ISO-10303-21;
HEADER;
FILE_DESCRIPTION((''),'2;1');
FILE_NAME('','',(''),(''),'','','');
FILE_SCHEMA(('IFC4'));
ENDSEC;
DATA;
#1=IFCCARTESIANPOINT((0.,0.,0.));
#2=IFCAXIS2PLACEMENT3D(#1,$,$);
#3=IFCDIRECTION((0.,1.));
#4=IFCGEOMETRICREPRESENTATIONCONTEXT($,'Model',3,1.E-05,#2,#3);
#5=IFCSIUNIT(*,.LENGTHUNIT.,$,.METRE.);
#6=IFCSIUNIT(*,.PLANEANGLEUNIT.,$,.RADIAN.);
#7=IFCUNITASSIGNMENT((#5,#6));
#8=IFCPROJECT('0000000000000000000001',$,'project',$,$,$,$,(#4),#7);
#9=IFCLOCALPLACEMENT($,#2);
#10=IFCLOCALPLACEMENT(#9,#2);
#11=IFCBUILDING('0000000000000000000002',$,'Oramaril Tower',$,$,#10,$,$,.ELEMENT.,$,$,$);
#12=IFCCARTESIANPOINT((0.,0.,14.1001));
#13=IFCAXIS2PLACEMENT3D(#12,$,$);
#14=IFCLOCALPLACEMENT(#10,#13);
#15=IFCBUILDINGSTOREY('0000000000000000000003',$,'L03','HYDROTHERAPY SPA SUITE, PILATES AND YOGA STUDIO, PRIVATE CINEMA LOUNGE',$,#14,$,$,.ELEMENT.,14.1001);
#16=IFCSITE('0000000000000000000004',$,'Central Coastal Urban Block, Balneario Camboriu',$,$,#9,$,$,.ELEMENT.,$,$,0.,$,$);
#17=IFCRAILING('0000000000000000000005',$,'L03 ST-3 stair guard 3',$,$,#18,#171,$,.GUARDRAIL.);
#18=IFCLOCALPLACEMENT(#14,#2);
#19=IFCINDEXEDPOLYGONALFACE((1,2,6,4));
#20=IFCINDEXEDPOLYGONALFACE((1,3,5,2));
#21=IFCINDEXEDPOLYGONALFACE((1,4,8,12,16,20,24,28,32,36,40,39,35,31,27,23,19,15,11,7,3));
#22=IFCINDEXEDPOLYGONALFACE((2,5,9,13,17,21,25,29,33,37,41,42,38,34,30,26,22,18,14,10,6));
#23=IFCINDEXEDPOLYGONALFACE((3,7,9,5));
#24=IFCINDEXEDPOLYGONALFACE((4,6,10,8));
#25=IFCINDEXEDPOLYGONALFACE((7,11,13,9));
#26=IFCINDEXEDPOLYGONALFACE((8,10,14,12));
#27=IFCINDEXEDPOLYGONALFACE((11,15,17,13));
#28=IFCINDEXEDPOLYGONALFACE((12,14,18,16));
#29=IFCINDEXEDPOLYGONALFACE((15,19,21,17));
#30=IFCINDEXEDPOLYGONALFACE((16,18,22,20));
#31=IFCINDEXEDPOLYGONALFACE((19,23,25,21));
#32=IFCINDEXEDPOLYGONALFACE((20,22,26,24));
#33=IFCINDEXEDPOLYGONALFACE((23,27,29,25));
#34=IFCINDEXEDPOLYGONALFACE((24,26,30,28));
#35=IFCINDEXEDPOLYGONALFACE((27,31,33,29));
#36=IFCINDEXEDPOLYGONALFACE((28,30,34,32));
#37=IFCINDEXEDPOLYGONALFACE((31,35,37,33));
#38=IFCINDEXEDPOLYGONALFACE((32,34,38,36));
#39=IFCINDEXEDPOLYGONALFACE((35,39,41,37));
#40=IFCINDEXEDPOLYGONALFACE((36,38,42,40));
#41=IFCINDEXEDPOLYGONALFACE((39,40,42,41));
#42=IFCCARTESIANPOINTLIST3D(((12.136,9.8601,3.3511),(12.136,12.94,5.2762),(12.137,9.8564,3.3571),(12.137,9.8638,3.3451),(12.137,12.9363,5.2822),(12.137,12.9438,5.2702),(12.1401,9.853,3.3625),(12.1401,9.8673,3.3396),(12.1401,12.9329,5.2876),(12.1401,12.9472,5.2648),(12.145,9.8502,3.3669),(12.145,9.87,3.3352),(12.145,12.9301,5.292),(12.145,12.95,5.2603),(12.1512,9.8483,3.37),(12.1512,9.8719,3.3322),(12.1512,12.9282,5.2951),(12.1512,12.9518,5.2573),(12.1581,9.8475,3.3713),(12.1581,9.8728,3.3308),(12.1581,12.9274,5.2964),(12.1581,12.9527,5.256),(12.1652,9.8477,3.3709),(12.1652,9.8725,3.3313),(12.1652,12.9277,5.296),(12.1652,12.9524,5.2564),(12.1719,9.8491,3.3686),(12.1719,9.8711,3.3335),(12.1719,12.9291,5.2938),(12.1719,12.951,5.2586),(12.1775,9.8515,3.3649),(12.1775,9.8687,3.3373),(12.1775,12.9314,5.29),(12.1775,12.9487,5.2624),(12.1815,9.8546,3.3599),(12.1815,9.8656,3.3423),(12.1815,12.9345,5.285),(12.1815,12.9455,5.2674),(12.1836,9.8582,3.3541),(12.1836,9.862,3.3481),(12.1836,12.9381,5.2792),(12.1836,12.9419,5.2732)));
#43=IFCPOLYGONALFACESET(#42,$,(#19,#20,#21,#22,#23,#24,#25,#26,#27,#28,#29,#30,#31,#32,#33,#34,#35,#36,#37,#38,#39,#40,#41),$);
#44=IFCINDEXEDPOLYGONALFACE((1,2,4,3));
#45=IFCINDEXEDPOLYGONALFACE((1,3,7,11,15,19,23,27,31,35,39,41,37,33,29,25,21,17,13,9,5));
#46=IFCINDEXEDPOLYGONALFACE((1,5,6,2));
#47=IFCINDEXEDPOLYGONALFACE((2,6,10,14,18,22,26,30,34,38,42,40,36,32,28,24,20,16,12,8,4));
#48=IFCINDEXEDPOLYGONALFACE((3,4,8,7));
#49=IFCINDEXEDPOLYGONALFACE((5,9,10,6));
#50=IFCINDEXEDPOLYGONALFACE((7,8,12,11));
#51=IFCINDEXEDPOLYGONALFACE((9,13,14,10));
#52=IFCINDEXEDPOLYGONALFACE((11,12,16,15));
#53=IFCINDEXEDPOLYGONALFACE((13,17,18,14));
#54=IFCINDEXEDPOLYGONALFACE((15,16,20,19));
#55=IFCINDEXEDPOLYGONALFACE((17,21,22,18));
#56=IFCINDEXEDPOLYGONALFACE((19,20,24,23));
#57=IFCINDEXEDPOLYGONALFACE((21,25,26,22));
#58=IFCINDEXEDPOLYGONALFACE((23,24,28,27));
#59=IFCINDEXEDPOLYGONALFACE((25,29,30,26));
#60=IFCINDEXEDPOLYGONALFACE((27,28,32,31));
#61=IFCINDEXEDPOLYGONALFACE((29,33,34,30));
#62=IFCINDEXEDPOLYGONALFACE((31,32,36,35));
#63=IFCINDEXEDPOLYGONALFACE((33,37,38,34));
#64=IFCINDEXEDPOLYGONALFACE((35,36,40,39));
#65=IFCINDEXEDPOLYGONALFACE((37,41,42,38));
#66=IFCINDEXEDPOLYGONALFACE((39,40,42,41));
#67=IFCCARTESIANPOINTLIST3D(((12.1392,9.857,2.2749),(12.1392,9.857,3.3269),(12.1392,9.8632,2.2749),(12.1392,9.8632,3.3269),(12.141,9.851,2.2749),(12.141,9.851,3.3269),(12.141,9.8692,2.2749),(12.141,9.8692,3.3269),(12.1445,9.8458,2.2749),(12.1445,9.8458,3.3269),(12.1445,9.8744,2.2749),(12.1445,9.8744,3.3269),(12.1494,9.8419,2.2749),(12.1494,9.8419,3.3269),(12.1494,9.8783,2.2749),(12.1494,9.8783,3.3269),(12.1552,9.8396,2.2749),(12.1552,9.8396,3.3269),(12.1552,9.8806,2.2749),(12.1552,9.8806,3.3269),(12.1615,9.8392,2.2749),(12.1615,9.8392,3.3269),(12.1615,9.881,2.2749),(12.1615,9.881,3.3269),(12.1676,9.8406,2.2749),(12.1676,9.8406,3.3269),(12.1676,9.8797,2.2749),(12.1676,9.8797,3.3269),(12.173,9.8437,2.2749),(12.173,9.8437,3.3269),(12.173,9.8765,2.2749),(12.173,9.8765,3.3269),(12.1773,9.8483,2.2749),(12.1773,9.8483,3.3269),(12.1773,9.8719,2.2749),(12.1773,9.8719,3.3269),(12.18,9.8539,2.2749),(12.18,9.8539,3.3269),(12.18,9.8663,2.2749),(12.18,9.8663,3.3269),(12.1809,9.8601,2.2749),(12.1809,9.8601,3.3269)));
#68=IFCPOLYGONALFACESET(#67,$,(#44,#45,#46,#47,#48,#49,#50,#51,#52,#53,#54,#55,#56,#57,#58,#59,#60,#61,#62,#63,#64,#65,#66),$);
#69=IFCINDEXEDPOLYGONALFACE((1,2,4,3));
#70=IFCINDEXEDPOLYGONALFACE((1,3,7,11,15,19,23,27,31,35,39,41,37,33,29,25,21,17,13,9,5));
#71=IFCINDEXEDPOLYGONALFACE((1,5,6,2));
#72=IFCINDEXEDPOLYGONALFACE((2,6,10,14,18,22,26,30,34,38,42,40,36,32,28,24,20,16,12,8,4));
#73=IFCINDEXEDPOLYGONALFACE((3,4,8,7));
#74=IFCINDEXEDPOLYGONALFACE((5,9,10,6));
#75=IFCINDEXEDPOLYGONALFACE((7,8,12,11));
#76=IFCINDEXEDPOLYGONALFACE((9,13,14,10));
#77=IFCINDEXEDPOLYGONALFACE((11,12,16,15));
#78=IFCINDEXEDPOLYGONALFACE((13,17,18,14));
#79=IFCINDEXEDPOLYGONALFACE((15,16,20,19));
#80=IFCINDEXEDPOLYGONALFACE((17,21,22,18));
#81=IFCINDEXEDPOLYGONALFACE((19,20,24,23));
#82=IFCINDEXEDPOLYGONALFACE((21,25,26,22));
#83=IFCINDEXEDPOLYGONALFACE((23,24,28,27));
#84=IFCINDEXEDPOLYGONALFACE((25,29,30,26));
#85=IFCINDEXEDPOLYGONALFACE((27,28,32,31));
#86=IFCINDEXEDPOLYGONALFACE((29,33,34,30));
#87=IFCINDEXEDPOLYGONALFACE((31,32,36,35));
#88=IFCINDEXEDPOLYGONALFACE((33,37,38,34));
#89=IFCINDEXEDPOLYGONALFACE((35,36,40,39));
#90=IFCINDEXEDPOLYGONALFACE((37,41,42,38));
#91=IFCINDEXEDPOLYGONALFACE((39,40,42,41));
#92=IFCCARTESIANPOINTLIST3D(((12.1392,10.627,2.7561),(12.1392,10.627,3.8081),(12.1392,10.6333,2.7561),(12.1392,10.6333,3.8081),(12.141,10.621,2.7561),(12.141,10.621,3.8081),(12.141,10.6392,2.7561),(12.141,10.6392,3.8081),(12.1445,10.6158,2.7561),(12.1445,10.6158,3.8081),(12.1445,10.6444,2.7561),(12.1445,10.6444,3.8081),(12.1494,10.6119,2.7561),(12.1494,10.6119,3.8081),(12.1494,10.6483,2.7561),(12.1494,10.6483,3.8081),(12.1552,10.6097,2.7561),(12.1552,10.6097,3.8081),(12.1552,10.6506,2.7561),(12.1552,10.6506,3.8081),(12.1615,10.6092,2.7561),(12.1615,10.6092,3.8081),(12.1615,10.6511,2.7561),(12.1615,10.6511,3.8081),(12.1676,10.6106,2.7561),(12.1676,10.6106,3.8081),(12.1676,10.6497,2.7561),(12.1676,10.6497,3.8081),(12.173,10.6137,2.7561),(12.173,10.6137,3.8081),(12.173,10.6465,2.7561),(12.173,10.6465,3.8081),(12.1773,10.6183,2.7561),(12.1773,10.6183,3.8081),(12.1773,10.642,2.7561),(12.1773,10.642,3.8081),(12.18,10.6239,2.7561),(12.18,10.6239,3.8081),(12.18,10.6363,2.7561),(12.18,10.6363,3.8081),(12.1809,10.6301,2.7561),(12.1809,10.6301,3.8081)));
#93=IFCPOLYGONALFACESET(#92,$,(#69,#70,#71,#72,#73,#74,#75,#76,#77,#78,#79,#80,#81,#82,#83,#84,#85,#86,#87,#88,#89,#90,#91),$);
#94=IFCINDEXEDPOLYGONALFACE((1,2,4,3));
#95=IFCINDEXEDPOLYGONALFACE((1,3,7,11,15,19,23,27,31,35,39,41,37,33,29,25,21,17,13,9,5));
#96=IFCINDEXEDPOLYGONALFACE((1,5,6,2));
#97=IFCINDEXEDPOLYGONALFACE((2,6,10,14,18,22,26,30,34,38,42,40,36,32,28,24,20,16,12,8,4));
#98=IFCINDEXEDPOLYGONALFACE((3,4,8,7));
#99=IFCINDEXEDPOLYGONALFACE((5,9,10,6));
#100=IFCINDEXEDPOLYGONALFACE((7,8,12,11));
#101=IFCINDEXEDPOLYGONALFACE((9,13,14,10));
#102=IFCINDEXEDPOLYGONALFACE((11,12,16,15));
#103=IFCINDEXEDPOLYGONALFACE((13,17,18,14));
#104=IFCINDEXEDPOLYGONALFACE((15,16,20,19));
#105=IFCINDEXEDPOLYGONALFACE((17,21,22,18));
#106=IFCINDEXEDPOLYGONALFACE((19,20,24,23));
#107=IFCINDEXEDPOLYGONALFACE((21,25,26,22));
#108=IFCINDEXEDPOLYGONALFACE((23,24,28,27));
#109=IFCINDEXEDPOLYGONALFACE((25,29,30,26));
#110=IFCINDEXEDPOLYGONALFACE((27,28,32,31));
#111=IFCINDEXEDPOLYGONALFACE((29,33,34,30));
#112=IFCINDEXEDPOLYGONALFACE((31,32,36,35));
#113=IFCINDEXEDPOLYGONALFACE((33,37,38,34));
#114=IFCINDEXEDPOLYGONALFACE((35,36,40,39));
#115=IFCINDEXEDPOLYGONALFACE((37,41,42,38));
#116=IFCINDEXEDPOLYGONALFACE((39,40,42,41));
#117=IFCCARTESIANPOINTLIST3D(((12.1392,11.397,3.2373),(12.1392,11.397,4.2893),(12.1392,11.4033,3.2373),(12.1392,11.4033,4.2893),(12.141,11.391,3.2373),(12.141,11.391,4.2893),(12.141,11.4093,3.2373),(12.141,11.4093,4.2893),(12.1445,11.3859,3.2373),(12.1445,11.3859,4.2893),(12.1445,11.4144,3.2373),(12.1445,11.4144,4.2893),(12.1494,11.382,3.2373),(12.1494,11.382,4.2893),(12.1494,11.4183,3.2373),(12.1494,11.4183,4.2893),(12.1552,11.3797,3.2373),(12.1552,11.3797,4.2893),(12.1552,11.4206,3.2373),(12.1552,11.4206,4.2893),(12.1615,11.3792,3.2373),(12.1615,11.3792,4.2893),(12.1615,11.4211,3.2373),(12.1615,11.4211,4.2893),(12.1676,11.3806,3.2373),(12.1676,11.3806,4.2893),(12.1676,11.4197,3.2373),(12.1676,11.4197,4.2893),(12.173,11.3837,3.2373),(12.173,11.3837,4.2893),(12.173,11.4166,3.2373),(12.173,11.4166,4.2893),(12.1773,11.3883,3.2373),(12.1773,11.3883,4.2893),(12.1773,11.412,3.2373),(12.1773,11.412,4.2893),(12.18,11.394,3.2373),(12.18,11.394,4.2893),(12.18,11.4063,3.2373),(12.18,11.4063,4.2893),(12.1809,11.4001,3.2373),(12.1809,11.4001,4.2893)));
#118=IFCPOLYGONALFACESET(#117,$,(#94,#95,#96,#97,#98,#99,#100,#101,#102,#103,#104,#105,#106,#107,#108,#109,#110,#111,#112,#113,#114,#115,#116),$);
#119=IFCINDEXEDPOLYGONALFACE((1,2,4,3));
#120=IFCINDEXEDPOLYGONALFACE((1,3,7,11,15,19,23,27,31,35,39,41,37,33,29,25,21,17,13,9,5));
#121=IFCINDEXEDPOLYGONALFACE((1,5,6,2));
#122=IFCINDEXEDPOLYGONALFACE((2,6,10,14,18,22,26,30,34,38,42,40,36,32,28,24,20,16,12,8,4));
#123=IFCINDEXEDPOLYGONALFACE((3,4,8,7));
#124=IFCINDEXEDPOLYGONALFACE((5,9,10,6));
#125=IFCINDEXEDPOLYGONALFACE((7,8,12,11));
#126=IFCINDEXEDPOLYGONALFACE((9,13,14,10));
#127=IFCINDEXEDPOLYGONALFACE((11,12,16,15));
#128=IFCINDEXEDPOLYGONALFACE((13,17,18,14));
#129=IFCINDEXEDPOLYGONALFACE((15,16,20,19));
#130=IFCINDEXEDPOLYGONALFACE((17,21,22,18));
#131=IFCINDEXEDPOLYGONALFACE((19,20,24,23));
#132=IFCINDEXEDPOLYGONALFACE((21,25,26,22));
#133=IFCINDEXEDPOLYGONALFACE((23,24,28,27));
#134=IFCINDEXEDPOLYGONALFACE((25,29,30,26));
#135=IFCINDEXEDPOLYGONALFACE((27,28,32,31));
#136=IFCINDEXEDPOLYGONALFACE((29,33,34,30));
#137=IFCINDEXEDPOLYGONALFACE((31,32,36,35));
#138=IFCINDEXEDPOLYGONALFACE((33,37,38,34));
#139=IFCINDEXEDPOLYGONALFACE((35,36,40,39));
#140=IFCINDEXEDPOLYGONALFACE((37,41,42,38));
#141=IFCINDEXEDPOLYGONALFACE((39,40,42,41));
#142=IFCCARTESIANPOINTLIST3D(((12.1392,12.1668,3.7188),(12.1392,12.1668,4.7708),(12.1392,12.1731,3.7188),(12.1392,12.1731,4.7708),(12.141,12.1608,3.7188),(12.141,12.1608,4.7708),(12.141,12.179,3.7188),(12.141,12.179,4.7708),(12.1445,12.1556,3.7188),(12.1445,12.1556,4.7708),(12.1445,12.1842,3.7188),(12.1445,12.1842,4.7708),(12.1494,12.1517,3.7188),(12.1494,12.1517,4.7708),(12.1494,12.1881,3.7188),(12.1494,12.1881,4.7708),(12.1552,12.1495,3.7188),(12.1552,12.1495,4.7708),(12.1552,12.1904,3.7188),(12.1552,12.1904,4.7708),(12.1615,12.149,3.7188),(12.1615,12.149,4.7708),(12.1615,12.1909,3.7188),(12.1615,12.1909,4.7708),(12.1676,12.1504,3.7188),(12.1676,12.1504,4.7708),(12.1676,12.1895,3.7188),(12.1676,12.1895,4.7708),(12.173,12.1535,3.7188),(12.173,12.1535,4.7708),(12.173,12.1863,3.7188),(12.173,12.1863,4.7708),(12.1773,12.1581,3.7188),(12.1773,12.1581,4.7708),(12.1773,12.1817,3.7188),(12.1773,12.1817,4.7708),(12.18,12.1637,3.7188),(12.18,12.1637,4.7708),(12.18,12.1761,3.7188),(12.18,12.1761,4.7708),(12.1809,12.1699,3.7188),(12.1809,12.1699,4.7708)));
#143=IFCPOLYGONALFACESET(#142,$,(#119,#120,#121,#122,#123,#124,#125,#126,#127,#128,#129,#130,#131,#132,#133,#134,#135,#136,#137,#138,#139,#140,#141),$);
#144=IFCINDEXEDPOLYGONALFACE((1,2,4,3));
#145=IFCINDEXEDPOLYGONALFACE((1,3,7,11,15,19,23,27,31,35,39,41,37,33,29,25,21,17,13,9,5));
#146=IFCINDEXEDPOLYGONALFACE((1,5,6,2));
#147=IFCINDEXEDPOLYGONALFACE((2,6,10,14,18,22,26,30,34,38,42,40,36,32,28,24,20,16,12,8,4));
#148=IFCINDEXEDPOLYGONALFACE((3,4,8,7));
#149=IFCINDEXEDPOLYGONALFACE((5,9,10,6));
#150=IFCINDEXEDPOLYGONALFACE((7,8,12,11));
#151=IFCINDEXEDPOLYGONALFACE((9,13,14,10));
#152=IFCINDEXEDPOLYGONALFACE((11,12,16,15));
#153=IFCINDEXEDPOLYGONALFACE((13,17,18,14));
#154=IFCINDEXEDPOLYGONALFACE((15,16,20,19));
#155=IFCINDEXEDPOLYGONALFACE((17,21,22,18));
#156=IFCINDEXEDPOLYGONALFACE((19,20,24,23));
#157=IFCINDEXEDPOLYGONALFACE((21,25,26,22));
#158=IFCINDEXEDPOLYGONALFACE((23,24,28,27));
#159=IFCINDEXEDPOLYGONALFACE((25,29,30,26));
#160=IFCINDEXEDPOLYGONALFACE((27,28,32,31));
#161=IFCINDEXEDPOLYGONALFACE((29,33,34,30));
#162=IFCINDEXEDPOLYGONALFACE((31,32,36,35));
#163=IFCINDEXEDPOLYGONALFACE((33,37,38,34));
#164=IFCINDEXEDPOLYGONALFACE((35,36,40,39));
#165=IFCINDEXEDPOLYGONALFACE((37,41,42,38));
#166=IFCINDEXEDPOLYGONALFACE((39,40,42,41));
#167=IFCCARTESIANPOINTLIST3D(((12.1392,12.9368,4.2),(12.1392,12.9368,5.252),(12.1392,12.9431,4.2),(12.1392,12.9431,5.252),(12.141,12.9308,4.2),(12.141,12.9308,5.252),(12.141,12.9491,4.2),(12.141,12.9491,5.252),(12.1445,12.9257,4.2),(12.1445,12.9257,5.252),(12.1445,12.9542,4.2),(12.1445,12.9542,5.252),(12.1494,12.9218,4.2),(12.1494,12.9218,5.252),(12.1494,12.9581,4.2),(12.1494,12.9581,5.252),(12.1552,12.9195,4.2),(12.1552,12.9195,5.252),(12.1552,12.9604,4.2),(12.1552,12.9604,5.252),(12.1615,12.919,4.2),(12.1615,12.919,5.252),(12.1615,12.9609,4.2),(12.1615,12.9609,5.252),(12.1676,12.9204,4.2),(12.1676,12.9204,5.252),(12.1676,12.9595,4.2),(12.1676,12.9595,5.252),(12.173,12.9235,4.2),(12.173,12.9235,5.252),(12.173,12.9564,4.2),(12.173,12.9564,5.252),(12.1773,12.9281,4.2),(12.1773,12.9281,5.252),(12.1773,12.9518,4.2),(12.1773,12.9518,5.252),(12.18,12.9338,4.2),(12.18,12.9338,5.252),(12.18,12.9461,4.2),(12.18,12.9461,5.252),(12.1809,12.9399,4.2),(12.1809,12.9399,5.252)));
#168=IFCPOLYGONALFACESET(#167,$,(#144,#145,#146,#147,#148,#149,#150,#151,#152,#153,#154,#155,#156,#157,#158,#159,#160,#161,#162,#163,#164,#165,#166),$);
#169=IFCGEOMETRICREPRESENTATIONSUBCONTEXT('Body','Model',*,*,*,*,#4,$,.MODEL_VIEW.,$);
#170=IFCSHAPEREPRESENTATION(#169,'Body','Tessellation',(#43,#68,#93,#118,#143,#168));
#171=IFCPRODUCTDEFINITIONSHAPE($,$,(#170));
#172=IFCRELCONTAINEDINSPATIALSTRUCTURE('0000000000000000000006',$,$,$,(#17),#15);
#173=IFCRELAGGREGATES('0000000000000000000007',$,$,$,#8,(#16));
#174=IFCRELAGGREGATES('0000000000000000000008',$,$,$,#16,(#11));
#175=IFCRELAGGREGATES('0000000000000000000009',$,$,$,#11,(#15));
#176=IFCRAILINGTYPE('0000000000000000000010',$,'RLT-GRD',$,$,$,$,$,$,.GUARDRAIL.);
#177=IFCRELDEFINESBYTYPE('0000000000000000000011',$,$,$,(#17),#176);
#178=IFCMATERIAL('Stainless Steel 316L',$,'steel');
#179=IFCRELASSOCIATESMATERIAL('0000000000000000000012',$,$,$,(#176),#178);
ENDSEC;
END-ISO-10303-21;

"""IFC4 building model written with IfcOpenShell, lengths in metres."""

from ifc_helpers import new_model, si_unit, direction, frame, origin, origin_2d, place, context, subcontext, project, spatial, circle, extrude, material, type_object, element, save


model = new_model("IFC4")

# Units and contexts
model_context = context("Model", 3, precision=1e-05, world=origin(), true_north=direction((0.0, 1.0)))
body_context = subcontext(model_context, "Body", "Model", "MODEL_VIEW")
ifc_project = project(units=[si_unit("LENGTHUNIT", "METRE"), si_unit("PLANEANGLEUNIT", "RADIAN")], contexts=[model_context])

# Site, building, storey
site_placement = place(None, origin())
site = spatial("IfcSite", under=ifc_project, at=site_placement, Name="Central Coastal Urban Block, Balneario Camboriu", CompositionType="ELEMENT", RefElevation=0.0)
building_placement = place(site_placement, origin())
building = spatial("IfcBuilding", under=site, at=building_placement, Name="Oramaril Tower", CompositionType="ELEMENT")
storey_placement = place(building_placement, frame((0.0, 0.0, 14.1001)))
storey = spatial("IfcBuildingStorey", under=building, at=storey_placement, Name="L03", Description="HYDROTHERAPY SPA SUITE, PILATES AND YOGA STUDIO, PRIVATE CINEMA LOUNGE", CompositionType="ELEMENT", Elevation=14.1001)

# Railing
ifc_material_1 = material(Name="Stainless Steel 316L", Category="steel")
railing_type_1 = type_object("IfcRailingType", Name="RLT-GRD", PredefinedType="GUARDRAIL", material=ifc_material_1)
railing_1_placement = place(storey_placement, frame((12.1599, 9.8601, 2.2749)))
element("IfcRailing", 1, at=railing_1_placement, inside=storey, type_object=railing_type_1, Name="L03 ST-3 stair guard 3", PredefinedType="GUARDRAIL", context=body_context, shape_type="SweptSolid", body=[
    extrude(circle(Radius=0.0239, at=origin_2d()), frame((0.0, 0.0, 1.0762), z_axis=(0.0, 0.847979, 0.530029), x_axis=(-1.0, 0.0, 0.0)), (0.0, 0.0, 1.0), 3.6321),
    extrude(circle(Radius=0.021, at=origin_2d()), origin(), (0.0, 0.0, 1.0), 1.052),
    extrude(circle(Radius=0.021, at=origin_2d()), frame((0.0, 0.77, 0.4812)), (0.0, 0.0, 1.0), 1.052),
    extrude(circle(Radius=0.021, at=origin_2d()), frame((0.0, 1.54, 0.9624)), (0.0, 0.0, 1.0), 1.052),
    extrude(circle(Radius=0.021, at=origin_2d()), frame((0.0, 2.3098, 1.4438)), (0.0, 0.0, 1.0), 1.052),
    extrude(circle(Radius=0.021, at=origin_2d()), frame((0.0, 3.0798, 1.925)), (0.0, 0.0, 1.0), 1.052),
])

save(model, "model.ifc")
